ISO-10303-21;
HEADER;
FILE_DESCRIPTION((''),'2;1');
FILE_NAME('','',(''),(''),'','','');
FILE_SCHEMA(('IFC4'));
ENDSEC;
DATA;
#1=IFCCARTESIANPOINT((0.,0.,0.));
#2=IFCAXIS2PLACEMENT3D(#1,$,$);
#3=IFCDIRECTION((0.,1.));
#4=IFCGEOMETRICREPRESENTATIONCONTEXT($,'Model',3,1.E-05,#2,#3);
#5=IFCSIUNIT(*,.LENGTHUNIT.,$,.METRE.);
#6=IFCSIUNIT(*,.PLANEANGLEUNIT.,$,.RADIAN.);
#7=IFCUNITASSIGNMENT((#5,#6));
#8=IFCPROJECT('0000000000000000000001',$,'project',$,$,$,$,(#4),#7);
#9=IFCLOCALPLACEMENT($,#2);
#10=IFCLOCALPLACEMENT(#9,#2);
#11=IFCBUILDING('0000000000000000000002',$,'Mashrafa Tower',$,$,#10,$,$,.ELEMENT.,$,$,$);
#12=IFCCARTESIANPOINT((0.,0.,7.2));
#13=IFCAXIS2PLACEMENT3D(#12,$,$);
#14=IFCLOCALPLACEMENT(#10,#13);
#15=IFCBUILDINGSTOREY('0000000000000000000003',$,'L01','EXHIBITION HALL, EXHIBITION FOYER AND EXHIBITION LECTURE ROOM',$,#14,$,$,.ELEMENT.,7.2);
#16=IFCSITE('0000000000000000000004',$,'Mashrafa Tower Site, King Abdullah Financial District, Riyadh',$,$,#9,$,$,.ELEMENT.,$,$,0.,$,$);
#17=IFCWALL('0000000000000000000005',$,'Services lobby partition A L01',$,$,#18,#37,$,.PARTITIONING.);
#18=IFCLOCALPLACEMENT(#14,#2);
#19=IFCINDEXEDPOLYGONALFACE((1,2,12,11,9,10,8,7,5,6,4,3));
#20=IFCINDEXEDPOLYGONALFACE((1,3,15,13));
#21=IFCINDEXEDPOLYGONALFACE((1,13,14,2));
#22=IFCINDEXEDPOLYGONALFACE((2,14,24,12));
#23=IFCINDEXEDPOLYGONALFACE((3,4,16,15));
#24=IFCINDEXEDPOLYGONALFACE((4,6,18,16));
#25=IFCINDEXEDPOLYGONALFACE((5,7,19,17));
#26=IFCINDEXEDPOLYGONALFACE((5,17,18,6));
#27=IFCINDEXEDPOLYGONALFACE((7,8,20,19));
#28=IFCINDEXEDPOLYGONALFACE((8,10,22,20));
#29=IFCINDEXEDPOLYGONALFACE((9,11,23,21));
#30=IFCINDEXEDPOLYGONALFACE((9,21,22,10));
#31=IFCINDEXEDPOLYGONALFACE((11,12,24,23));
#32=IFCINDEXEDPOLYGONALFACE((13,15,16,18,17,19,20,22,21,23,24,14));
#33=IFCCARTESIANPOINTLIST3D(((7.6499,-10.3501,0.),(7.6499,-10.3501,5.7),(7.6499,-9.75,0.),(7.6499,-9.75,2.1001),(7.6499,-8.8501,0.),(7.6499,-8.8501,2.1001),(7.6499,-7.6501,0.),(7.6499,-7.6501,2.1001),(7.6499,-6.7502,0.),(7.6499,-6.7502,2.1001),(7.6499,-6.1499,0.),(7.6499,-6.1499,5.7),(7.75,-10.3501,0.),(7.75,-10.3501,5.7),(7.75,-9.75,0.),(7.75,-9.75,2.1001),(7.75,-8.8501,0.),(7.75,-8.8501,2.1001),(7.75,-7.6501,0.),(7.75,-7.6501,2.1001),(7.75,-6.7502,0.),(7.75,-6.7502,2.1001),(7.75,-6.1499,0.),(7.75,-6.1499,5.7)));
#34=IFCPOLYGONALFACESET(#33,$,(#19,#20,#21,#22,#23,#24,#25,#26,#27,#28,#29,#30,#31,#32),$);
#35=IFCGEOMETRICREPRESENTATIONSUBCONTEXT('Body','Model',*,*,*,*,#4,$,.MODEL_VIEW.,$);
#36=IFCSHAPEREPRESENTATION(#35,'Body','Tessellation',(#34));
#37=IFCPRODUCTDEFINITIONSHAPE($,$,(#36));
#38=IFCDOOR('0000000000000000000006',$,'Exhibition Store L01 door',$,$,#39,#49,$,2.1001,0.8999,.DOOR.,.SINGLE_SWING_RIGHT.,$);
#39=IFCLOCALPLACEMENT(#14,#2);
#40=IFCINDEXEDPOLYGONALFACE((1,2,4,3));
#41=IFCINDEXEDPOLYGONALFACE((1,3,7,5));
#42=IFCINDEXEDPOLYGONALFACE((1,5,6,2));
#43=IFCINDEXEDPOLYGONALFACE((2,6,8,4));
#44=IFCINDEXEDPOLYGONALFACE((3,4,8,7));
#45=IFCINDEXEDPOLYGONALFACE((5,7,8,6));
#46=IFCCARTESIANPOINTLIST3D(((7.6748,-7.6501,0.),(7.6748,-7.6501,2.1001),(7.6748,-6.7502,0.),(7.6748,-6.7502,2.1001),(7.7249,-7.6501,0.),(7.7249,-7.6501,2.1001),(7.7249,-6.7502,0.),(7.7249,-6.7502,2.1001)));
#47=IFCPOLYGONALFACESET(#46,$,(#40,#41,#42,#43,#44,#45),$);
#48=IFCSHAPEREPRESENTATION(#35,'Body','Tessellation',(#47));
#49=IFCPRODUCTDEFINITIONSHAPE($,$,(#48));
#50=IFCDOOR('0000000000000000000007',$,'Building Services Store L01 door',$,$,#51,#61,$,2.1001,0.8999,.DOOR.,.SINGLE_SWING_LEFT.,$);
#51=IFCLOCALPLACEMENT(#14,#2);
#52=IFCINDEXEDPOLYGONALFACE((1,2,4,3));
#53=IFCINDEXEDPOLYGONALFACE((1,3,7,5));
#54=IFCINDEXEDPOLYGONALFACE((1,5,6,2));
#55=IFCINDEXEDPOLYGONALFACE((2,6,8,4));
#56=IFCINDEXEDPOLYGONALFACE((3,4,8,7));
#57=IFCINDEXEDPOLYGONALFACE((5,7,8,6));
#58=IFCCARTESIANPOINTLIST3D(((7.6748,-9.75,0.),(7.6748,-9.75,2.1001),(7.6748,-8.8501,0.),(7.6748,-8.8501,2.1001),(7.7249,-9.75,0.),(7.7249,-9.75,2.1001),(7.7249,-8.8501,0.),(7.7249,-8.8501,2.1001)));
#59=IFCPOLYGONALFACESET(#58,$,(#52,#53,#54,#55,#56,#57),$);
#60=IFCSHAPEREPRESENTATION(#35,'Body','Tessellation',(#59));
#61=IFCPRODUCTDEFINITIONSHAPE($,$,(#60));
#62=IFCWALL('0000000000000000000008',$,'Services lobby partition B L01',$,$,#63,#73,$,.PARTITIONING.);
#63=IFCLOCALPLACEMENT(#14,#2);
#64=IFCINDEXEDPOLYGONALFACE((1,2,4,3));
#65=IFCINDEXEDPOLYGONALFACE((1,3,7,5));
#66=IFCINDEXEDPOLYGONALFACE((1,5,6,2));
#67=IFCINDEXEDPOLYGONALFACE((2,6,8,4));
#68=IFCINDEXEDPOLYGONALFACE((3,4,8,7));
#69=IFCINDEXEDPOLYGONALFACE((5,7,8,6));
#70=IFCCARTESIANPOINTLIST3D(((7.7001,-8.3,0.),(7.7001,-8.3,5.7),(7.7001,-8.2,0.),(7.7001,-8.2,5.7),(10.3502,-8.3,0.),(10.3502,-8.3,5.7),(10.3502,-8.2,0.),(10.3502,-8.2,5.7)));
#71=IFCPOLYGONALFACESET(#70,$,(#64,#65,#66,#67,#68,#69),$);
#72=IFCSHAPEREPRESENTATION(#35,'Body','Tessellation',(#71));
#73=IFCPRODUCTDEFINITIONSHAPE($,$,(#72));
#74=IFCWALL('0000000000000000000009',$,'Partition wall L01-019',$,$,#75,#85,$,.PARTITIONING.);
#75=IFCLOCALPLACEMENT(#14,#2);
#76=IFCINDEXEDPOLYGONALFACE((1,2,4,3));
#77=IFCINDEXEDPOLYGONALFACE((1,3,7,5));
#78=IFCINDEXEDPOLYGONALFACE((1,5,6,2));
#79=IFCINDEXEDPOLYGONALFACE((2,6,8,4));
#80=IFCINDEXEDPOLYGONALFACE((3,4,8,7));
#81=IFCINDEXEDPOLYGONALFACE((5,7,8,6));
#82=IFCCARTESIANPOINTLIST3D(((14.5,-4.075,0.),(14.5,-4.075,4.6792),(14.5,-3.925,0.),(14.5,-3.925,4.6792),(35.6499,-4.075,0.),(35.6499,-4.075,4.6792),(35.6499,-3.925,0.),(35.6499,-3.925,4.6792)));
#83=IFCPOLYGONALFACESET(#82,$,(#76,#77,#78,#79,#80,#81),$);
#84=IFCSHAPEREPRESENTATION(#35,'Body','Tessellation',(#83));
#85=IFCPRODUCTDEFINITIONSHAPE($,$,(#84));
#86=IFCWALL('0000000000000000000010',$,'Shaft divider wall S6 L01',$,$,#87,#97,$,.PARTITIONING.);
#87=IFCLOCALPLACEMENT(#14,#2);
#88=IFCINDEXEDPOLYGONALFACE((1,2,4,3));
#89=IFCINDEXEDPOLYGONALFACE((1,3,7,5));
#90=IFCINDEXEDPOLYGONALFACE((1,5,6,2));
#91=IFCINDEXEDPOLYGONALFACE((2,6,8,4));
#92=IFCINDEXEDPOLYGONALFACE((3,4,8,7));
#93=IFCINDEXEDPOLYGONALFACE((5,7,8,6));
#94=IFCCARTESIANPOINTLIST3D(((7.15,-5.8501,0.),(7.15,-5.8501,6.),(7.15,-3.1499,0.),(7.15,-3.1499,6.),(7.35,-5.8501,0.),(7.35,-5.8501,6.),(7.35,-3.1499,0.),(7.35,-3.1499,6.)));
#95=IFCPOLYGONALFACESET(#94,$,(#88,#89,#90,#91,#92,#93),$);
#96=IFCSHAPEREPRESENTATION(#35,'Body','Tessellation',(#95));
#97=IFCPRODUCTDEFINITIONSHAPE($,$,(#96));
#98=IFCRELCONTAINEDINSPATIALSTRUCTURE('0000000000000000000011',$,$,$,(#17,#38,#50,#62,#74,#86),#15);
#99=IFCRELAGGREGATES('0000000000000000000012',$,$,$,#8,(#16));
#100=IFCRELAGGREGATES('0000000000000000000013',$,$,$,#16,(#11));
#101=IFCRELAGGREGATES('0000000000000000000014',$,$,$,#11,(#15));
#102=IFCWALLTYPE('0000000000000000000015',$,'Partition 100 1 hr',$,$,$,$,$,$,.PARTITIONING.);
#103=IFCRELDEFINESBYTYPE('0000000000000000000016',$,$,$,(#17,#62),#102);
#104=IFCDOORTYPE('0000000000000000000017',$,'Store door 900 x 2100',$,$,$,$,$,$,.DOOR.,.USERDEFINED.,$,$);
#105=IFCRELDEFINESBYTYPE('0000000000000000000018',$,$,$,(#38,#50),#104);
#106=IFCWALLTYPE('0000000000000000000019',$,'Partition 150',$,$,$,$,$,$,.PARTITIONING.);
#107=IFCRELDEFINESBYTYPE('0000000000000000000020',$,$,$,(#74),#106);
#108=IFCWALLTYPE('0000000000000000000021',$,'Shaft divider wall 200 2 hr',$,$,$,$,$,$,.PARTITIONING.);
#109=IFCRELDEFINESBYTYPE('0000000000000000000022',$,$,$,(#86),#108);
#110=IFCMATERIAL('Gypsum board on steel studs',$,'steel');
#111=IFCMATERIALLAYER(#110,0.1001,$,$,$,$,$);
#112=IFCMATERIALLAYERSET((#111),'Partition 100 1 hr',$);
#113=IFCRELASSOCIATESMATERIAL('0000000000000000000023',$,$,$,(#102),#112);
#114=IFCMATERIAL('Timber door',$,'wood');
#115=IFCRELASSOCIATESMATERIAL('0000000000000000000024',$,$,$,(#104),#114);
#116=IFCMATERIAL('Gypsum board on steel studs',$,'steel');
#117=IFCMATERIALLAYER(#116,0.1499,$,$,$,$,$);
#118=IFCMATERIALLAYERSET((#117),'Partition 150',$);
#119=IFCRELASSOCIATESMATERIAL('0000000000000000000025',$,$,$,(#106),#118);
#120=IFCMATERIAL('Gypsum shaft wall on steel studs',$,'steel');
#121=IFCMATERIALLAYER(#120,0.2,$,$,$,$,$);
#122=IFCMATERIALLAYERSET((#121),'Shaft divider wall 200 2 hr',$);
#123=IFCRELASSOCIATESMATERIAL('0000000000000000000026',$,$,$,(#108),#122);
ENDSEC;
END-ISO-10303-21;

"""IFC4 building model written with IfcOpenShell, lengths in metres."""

from ifc_helpers import new_model, si_unit, direction, frame, frame_2d, origin, place, context, subcontext, project, spatial, rectangle, extrude, material, layer, layer_set, type_object, element, fill, save


model = new_model("IFC4")

# Units and contexts
model_context = context("Model", 3, precision=1e-05, world=origin(), true_north=direction((0.0, 1.0)))
body_context = subcontext(model_context, "Body", "Model", "MODEL_VIEW")
ifc_project = project(units=[si_unit("LENGTHUNIT", "METRE"), si_unit("PLANEANGLEUNIT", "RADIAN")], contexts=[model_context])

# Site, building, storey
site_placement = place(None, origin())
site = spatial("IfcSite", under=ifc_project, at=site_placement, Name="Mashrafa Tower Site, King Abdullah Financial District, Riyadh", CompositionType="ELEMENT", RefElevation=0.0)
building_placement = place(site_placement, origin())
building = spatial("IfcBuilding", under=site, at=building_placement, Name="Mashrafa Tower", CompositionType="ELEMENT")
storey_placement = place(building_placement, frame((0.0, 0.0, 7.2)))
storey = spatial("IfcBuildingStorey", under=building, at=storey_placement, Name="L01", Description="EXHIBITION HALL, EXHIBITION FOYER AND EXHIBITION LECTURE ROOM", CompositionType="ELEMENT", Elevation=7.2)

# Wall, openings, doors
ifc_material_1 = material(Name="Gypsum board on steel studs", Category="steel")
ifc_layer_1 = layer(ifc_material_1, 0.1001)
ifc_layer_set_1 = layer_set([ifc_layer_1], Name="Partition 100 1 hr")
wall_type_1 = type_object("IfcWallType", Name="Partition 100 1 hr", PredefinedType="PARTITIONING", material=ifc_layer_set_1)
wall_1_placement = place(storey_placement, frame((7.7, -10.3501, 0.0), z_axis=(0.0, 0.0, 1.0), x_axis=(0.0, 1.0, 0.0)))
wall_1 = element("IfcWall", 1, at=wall_1_placement, inside=storey, type_object=wall_type_1, Name="Services lobby partition A L01", PredefinedType="PARTITIONING", context=body_context, shape_type="SweptSolid", body=[
    extrude(rectangle(XDim=4.2002, YDim=0.1001, at=frame_2d((2.1001, 0.0))), origin(), (0.0, 0.0, 1.0), 5.7),
])
opening_1_placement = place(wall_1_placement, frame((2.7, 0.0, 0.0)))
opening_1 = element("IfcOpeningElement", 2, at=opening_1_placement, cuts=wall_1, PredefinedType="OPENING", context=body_context, shape_type="SweptSolid", body=[
    extrude(rectangle(XDim=0.8999, YDim=2.1001, at=frame_2d((0.45, 1.05))), frame((0.0, 0.0601, 0.0), z_axis=(0.0, -1.0, 0.0), x_axis=(1.0, 0.0, 0.0)), (0.0, 0.0, 1.0), 0.1201),
])
opening_2_placement = place(wall_1_placement, frame((0.6001, 0.0, 0.0)))
opening_2 = element("IfcOpeningElement", 3, at=opening_2_placement, cuts=wall_1, PredefinedType="OPENING", context=body_context, shape_type="SweptSolid", body=[
    extrude(rectangle(XDim=0.8999, YDim=2.1001, at=frame_2d((0.45, 1.05))), frame((0.0, 0.0601, 0.0), z_axis=(0.0, -1.0, 0.0), x_axis=(1.0, 0.0, 0.0)), (0.0, 0.0, 1.0), 0.1201),
])
ifc_material_2 = material(Name="Timber door", Category="wood")
door_type_1 = type_object("IfcDoorType", Name="Store door 900 x 2100", OperationType="USERDEFINED", PredefinedType="DOOR", material=ifc_material_2)
door_1_placement = place(opening_1_placement, frame((0.8999, 0.0, 0.0), z_axis=(0.0, 0.0, 1.0), x_axis=(-1.0, 0.0, 0.0)))
door_1 = element("IfcDoor", 4, at=door_1_placement, inside=storey, type_object=door_type_1, Name="Exhibition Store L01 door", OperationType="SINGLE_SWING_RIGHT", OverallHeight=2.1001, OverallWidth=0.8999, PredefinedType="DOOR", context=body_context, shape_type="SweptSolid", body=[
    extrude(rectangle(XDim=0.8999, YDim=2.1001, at=frame_2d((0.45, 1.05))), frame((0.0, 0.0249, 0.0), z_axis=(0.0, -1.0, 0.0), x_axis=(1.0, 0.0, 0.0)), (0.0, 0.0, 1.0), 0.05),
])
fill(opening_1, door_1)
door_2_placement = place(opening_2_placement, frame((0.8999, 0.0, 0.0), z_axis=(0.0, 0.0, 1.0), x_axis=(-1.0, 0.0, 0.0)))
door_2 = element("IfcDoor", 5, at=door_2_placement, inside=storey, type_object=door_type_1, Name="Building Services Store L01 door", OperationType="SINGLE_SWING_LEFT", OverallHeight=2.1001, OverallWidth=0.8999, PredefinedType="DOOR", context=body_context, shape_type="SweptSolid", body=[
    extrude(rectangle(XDim=0.8999, YDim=2.1001, at=frame_2d((0.45, 1.05))), frame((0.0, 0.0249, 0.0), z_axis=(0.0, -1.0, 0.0), x_axis=(1.0, 0.0, 0.0)), (0.0, 0.0, 1.0), 0.05),
])
fill(opening_2, door_2)

# Walls
wall_2_placement = place(storey_placement, frame((7.7, -8.25, 0.0), z_axis=(0.0, 0.0, 1.0), x_axis=(1.0, 0.0, 0.0)))
element("IfcWall", 6, at=wall_2_placement, inside=storey, type_object=wall_type_1, Name="Services lobby partition B L01", PredefinedType="PARTITIONING", context=body_context, shape_type="SweptSolid", body=[
    extrude(rectangle(XDim=2.6501, YDim=0.1001, at=frame_2d((1.3252, 0.0))), origin(), (0.0, 0.0, 1.0), 5.7),
])
ifc_material_3 = material(Name="Gypsum board on steel studs", Category="steel")
ifc_layer_2 = layer(ifc_material_3, 0.1499)
ifc_layer_set_2 = layer_set([ifc_layer_2], Name="Partition 150")
wall_type_2 = type_object("IfcWallType", Name="Partition 150", PredefinedType="PARTITIONING", material=ifc_layer_set_2)
wall_3_placement = place(storey_placement, frame((35.6499, -4.0, 0.0), z_axis=(0.0, 0.0, 1.0), x_axis=(-1.0, 0.0, 0.0)))
element("IfcWall", 7, at=wall_3_placement, inside=storey, type_object=wall_type_2, Name="Partition wall L01-019", PredefinedType="PARTITIONING", context=body_context, shape_type="SweptSolid", body=[
    extrude(rectangle(XDim=21.1499, YDim=0.1499, at=frame_2d((10.575, 0.0))), origin(), (0.0, 0.0, 1.0), 4.6792),
])
ifc_material_4 = material(Name="Gypsum shaft wall on steel studs", Category="steel")
ifc_layer_3 = layer(ifc_material_4, 0.2)
ifc_layer_set_3 = layer_set([ifc_layer_3], Name="Shaft divider wall 200 2 hr")
wall_type_3 = type_object("IfcWallType", Name="Shaft divider wall 200 2 hr", PredefinedType="PARTITIONING", material=ifc_layer_set_3)
wall_4_placement = place(storey_placement, frame((7.25, -5.8501, 0.0), z_axis=(0.0, 0.0, 1.0), x_axis=(0.0, 1.0, 0.0)))
element("IfcWall", 8, at=wall_4_placement, inside=storey, type_object=wall_type_3, Name="Shaft divider wall S6 L01", PredefinedType="PARTITIONING", context=body_context, shape_type="SweptSolid", body=[
    extrude(rectangle(XDim=2.7002, YDim=0.2, at=frame_2d((1.3501, 0.0))), origin(), (0.0, 0.0, 1.0), 6.0),
])

save(model, "model.ifc")
